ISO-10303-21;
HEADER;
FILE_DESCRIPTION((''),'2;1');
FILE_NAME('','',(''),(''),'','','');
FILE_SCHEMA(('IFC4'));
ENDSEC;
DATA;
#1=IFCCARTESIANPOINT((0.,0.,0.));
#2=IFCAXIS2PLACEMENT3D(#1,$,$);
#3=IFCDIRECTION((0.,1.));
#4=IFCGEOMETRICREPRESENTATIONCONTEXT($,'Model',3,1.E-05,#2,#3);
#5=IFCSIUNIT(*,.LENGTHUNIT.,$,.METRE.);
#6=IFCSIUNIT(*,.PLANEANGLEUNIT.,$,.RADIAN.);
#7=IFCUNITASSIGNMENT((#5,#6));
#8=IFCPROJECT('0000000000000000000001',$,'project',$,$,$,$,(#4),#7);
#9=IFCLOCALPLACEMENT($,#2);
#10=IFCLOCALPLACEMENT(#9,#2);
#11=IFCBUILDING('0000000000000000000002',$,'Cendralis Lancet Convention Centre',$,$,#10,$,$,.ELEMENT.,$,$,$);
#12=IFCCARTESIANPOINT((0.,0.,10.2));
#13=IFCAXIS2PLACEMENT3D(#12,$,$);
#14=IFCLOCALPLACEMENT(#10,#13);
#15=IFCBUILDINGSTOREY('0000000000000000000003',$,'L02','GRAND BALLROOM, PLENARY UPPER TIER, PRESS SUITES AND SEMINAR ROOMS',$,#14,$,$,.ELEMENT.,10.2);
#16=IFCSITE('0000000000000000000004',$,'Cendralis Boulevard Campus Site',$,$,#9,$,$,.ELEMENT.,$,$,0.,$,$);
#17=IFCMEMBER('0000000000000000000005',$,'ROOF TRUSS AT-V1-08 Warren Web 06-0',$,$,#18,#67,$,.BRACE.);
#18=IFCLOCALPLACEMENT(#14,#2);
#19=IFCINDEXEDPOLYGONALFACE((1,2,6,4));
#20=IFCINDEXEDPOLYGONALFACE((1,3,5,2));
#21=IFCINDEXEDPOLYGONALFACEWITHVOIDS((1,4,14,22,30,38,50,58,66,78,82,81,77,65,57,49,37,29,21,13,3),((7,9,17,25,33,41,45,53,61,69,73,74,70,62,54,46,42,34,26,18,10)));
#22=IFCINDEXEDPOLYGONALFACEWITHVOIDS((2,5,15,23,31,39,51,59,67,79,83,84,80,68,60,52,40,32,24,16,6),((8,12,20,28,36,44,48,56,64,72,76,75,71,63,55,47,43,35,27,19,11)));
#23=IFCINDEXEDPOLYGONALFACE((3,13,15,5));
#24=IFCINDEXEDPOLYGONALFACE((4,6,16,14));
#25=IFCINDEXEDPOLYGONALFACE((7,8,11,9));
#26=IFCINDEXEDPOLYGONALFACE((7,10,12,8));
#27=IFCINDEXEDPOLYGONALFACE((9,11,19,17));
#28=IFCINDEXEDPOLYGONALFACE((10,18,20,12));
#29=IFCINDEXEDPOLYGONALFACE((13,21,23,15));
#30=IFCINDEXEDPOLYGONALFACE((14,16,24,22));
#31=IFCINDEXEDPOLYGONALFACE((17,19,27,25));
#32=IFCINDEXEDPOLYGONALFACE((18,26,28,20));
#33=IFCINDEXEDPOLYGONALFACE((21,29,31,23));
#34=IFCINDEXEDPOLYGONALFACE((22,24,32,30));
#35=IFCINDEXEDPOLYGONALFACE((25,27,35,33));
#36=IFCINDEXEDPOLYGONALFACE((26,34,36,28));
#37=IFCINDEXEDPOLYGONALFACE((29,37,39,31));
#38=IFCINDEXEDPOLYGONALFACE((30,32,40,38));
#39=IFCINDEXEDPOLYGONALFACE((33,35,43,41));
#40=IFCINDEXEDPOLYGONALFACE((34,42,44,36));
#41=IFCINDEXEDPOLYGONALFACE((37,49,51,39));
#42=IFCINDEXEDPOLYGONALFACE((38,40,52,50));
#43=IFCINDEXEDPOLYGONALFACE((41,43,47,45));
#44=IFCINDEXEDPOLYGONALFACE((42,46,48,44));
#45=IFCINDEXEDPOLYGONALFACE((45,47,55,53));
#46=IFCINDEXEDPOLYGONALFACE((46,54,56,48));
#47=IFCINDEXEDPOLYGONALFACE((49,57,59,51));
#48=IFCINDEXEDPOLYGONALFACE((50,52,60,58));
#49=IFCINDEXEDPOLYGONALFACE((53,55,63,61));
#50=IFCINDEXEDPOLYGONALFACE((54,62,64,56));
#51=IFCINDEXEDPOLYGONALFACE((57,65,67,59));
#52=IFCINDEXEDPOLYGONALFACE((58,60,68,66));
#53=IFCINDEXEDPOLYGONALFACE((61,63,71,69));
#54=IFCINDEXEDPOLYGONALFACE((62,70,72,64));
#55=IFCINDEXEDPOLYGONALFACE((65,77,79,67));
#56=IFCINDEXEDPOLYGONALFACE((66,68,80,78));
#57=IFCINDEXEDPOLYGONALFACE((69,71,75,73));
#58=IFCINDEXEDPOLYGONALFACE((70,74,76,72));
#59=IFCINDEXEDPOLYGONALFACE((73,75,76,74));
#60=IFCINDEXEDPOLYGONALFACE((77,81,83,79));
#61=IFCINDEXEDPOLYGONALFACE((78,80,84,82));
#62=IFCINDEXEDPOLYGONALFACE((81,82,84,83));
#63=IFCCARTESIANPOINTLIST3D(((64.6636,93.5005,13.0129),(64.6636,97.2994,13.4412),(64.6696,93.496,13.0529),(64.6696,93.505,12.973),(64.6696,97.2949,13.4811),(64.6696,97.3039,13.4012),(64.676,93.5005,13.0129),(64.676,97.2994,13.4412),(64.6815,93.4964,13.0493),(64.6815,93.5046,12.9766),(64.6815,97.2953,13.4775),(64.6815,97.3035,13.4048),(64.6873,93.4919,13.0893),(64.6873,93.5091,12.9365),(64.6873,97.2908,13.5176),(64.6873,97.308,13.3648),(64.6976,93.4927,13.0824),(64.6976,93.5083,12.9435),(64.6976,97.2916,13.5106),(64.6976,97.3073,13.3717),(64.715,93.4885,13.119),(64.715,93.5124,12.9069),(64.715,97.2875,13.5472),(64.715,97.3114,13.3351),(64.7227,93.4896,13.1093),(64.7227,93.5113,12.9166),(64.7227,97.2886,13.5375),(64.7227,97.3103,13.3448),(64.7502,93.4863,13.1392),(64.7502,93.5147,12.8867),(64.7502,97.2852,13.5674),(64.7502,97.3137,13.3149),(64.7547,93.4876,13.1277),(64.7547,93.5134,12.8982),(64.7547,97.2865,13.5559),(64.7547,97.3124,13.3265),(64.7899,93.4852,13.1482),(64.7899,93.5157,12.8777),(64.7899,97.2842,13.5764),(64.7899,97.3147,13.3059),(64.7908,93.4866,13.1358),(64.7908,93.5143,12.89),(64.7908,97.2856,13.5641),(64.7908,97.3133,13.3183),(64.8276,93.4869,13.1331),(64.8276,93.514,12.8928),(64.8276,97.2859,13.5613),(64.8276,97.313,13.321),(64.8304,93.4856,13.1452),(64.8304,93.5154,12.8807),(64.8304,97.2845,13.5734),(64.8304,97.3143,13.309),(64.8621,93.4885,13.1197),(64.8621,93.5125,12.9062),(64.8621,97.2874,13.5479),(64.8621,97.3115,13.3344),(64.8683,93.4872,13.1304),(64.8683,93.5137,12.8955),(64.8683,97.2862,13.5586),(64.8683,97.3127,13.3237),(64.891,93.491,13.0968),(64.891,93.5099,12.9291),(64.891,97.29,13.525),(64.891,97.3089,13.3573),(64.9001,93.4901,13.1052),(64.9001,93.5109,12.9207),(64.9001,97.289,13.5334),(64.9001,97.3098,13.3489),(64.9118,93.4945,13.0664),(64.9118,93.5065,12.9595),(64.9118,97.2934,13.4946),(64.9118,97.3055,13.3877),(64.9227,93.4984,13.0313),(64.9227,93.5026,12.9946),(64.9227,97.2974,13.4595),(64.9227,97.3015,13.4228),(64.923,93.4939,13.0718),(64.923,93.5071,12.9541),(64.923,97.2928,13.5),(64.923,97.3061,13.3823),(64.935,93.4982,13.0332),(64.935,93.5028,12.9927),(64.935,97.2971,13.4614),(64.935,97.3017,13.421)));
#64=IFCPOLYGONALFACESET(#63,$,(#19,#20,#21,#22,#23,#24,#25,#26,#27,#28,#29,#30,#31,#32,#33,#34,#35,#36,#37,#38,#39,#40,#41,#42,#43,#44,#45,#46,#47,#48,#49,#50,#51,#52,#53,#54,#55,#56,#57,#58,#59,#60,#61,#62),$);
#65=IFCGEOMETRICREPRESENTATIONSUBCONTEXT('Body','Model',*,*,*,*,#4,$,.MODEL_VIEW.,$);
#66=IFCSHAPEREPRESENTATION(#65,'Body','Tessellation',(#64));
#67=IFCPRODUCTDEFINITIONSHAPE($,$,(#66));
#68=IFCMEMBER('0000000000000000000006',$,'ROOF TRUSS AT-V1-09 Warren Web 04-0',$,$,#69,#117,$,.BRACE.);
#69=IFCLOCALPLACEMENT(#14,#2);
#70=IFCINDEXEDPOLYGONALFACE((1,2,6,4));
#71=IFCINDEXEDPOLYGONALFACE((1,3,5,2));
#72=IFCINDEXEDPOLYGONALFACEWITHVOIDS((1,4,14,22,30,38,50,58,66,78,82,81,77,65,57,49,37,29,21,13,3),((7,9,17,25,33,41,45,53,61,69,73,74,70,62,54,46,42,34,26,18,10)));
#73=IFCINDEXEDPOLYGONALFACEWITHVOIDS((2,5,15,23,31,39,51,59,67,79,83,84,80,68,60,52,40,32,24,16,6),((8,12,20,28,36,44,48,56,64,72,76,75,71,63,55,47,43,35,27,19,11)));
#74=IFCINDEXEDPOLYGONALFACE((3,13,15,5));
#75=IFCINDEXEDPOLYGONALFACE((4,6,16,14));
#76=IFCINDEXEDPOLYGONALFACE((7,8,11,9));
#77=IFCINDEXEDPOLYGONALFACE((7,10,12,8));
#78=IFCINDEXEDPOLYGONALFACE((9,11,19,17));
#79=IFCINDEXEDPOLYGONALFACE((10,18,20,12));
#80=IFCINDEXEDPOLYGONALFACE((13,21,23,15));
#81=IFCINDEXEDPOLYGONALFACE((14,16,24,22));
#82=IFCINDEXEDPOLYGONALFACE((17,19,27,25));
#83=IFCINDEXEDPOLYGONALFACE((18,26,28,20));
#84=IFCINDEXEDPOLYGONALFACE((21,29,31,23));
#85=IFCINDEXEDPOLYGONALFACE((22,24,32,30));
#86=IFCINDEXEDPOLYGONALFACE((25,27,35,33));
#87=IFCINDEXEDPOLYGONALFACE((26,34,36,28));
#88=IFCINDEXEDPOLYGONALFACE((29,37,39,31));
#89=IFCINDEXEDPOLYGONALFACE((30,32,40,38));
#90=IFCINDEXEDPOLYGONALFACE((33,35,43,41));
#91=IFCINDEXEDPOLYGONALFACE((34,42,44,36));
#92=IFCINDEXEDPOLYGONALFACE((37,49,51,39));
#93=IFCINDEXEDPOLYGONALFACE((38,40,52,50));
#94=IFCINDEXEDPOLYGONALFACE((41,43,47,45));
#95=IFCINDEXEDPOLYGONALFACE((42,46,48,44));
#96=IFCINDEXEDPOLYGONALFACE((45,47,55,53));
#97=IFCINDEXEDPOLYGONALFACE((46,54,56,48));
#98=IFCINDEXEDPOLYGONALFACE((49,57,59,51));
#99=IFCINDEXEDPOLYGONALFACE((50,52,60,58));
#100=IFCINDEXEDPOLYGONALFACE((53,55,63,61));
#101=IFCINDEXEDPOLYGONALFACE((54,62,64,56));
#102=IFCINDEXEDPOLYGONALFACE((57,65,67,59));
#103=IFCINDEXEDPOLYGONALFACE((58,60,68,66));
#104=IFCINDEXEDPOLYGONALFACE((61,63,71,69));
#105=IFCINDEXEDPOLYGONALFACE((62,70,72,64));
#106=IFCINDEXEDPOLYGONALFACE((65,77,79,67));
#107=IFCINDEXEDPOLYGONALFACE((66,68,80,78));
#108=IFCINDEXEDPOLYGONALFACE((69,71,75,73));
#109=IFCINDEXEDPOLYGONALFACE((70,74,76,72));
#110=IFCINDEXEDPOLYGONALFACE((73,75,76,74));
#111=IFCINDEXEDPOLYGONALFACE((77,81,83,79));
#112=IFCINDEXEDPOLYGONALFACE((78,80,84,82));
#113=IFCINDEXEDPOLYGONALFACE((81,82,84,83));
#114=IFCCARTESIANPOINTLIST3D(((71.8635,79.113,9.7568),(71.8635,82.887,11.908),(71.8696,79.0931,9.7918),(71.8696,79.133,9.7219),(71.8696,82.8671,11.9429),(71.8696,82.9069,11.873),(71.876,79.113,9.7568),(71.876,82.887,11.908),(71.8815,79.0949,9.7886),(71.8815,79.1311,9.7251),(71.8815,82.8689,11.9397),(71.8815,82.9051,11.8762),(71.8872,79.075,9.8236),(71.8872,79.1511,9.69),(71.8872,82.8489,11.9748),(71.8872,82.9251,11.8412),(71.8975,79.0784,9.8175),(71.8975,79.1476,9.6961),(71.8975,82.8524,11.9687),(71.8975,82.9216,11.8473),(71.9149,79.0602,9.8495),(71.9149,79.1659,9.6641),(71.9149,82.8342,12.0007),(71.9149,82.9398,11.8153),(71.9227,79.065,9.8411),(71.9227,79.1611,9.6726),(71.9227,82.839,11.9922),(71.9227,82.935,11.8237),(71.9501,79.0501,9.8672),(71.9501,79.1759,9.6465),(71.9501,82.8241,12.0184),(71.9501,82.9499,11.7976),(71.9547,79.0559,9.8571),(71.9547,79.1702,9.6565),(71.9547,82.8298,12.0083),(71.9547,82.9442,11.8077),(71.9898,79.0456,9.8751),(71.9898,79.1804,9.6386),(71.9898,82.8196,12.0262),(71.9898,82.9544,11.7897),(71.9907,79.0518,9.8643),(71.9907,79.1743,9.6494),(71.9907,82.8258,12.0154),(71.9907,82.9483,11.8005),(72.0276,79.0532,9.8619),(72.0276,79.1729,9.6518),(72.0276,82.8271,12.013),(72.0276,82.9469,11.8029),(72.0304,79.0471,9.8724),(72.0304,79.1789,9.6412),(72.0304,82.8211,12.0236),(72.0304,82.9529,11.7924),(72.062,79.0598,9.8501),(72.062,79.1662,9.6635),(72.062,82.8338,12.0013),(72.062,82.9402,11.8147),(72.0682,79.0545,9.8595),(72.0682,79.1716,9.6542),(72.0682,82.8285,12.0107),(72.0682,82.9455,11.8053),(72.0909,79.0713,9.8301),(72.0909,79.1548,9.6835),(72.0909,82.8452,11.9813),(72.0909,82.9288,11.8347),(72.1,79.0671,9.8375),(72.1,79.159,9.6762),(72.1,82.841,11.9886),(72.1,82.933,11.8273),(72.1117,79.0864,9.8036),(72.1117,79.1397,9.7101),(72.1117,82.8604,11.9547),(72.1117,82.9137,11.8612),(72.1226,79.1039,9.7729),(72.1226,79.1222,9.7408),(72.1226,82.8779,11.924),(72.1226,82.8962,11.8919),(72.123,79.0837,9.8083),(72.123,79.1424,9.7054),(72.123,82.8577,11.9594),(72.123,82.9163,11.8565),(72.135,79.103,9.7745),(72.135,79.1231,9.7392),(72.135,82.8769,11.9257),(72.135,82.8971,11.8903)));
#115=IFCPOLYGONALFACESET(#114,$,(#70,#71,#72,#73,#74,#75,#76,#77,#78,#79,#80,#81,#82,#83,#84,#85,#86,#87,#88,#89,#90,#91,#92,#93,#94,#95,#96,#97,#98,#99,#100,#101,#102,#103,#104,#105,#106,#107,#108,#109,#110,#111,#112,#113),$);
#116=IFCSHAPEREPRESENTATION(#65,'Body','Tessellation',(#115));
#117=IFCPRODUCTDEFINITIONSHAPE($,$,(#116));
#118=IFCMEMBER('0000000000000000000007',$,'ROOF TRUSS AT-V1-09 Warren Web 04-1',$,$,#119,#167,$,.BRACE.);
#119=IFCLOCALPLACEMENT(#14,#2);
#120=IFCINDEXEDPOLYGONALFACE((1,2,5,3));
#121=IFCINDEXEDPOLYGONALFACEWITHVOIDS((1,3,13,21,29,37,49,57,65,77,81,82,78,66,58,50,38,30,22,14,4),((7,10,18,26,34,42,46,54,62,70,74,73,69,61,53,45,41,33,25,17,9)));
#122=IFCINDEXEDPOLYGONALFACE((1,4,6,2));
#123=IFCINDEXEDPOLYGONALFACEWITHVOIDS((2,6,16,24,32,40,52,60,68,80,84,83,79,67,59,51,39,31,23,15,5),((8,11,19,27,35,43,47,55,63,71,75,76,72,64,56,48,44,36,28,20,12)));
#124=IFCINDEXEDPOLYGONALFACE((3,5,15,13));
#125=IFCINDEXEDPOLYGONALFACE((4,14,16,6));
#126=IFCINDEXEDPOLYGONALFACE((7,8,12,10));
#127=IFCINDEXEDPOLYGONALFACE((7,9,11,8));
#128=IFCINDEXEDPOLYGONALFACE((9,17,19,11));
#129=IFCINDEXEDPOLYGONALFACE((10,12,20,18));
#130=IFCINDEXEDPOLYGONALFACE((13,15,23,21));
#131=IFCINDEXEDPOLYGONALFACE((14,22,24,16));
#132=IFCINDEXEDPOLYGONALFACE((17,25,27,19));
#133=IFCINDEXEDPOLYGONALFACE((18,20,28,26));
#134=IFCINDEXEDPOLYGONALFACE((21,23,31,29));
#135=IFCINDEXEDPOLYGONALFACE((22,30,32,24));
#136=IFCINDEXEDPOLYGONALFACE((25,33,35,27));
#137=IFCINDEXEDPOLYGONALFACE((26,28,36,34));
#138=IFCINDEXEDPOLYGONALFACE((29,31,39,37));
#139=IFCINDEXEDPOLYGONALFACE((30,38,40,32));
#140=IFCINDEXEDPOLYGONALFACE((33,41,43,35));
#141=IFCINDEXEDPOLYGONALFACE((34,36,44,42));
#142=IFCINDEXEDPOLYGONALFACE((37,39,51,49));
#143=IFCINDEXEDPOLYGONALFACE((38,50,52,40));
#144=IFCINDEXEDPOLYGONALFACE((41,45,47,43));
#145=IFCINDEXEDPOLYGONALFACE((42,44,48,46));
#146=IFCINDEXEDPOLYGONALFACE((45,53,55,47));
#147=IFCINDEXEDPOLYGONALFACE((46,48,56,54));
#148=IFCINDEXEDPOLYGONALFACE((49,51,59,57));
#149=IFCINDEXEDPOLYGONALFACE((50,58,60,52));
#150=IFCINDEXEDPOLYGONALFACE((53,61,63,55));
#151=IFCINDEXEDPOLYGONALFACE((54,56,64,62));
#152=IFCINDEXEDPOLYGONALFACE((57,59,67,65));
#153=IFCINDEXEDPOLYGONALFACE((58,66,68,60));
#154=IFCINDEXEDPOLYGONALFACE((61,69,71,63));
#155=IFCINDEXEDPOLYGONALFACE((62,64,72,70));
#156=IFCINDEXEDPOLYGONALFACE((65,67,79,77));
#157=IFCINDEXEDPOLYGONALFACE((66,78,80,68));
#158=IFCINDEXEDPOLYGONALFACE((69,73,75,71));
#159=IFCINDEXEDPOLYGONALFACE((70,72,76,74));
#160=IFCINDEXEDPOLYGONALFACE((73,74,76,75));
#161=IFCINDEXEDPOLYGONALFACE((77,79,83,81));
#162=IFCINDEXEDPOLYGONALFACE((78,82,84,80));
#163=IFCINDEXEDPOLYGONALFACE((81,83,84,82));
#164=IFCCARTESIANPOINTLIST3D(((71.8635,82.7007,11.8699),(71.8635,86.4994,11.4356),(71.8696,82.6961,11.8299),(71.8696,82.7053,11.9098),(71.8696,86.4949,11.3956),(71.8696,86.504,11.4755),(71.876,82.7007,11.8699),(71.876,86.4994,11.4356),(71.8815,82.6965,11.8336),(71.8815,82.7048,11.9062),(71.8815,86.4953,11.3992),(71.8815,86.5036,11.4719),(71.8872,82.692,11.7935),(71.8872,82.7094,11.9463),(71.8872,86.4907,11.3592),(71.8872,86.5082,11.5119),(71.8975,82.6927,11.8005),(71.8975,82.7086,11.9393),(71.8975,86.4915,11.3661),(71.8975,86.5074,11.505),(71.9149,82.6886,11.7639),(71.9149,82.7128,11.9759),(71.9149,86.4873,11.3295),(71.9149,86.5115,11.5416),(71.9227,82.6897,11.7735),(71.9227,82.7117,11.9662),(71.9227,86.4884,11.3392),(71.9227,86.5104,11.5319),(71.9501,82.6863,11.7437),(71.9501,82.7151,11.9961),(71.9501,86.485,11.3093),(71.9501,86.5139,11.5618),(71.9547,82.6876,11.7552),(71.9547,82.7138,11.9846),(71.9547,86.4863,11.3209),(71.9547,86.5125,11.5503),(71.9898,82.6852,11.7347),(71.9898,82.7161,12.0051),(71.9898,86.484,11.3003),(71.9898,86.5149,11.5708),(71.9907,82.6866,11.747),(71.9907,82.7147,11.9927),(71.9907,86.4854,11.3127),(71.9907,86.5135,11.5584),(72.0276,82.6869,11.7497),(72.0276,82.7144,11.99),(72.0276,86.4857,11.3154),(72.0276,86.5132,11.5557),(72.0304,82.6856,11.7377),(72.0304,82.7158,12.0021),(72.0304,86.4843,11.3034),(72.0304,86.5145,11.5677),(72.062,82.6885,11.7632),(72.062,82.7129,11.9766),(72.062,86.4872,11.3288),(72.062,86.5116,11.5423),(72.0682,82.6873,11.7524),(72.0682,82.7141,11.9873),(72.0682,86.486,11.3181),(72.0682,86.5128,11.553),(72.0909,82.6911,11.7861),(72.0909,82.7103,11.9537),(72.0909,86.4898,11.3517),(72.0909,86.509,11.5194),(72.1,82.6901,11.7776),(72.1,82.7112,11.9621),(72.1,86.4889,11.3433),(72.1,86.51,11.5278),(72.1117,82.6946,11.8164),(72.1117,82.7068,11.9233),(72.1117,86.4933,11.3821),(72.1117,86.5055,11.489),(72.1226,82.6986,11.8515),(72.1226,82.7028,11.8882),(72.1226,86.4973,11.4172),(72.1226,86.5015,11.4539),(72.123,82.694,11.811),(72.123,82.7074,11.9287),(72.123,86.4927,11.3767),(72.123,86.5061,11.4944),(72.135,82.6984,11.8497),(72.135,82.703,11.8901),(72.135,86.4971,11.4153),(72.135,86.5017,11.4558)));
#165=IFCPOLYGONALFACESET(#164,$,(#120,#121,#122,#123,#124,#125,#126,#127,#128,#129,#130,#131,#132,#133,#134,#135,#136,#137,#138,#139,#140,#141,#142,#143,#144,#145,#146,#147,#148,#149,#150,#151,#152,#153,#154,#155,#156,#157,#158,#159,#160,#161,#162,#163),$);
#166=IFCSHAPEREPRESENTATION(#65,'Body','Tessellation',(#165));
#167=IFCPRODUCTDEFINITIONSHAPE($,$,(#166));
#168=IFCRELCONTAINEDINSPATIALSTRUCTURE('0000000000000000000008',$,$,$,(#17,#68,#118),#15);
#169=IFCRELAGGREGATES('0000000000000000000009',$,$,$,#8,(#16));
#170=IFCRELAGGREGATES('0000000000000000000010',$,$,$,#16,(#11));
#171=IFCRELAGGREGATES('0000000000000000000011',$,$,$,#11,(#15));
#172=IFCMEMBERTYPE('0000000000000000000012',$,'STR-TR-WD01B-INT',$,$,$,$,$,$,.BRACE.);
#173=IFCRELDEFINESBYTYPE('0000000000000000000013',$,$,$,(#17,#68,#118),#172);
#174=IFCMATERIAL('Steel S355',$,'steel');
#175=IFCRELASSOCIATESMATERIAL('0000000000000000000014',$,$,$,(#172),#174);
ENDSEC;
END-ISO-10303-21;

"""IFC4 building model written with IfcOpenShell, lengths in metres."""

from ifc_helpers import new_model, si_unit, direction, frame, origin, origin_2d, place, context, subcontext, project, spatial, hollow_circle, extrude, material, material_profile, profile_set, type_object, element, save


model = new_model("IFC4")

# Units and contexts
model_context = context("Model", 3, precision=1e-05, world=origin(), true_north=direction((0.0, 1.0)))
body_context = subcontext(model_context, "Body", "Model", "MODEL_VIEW")
ifc_project = project(units=[si_unit("LENGTHUNIT", "METRE"), si_unit("PLANEANGLEUNIT", "RADIAN")], contexts=[model_context])

# Site, building, storey
site_placement = place(None, origin())
site = spatial("IfcSite", under=ifc_project, at=site_placement, Name="Cendralis Boulevard Campus Site", CompositionType="ELEMENT", RefElevation=0.0)
building_placement = place(site_placement, origin())
building = spatial("IfcBuilding", under=site, at=building_placement, Name="Cendralis Lancet Convention Centre", CompositionType="ELEMENT")
storey_placement = place(building_placement, frame((0.0, 0.0, 10.2)))
storey = spatial("IfcBuildingStorey", under=building, at=storey_placement, Name="L02", Description="GRAND BALLROOM, PLENARY UPPER TIER, PRESS SUITES AND SEMINAR ROOMS", CompositionType="ELEMENT", Elevation=10.2)

# Members
ifc_material = material(Name="Steel S355", Category="steel")
ifc_material_profile_1 = material_profile(ifc_material, hollow_circle(Radius=0.1365, WallThickness=0.0125, at=origin_2d()), Name="CHS 273.0x12.5")
ifc_profile_set_1 = profile_set([ifc_material_profile_1], Name="Steel S355")
member_type_1 = type_object("IfcMemberType", Name="STR-TR-WD01B-INT", PredefinedType="BRACE", material=ifc_profile_set_1)
for number, where, z_axis, x_axis, name in (
    (1, (64.8, 93.5005, 13.0129), (0.0, 0.993706, 0.112015), (-1.0, 0.0, 0.0), "ROOF TRUSS AT-V1-08 Warren Web 06-0"),
):
    element("IfcMember", number, at=place(storey_placement, frame(where, z_axis=z_axis, x_axis=x_axis)), inside=storey, type_object=member_type_1, Name=name, PredefinedType="BRACE", context=body_context, shape_type="SweptSolid", body=[
        extrude(hollow_circle(Radius=0.1365, WallThickness=0.0125, at=origin_2d()), origin(), (0.0, 0.0, 1.0), 3.823),
    ])
member_1_placement = place(storey_placement, frame((72.0, 79.113, 9.7568), z_axis=(0.0, 0.868779, 0.4952), x_axis=(-1.0, 0.0, 0.0)))
element("IfcMember", 2, at=member_1_placement, inside=storey, type_object=member_type_1, Name="ROOF TRUSS AT-V1-09 Warren Web 04-0", PredefinedType="BRACE", context=body_context, shape_type="SweptSolid", body=[
    extrude(hollow_circle(Radius=0.1365, WallThickness=0.0125, at=origin_2d()), origin(), (0.0, 0.0, 1.0), 4.344),
])
member_2_placement = place(storey_placement, frame((72.0, 82.7007, 11.8699), z_axis=(0.0, 0.993528, -0.113592), x_axis=(-1.0, 0.0, 0.0)))
element("IfcMember", 3, at=member_2_placement, inside=storey, type_object=member_type_1, Name="ROOF TRUSS AT-V1-09 Warren Web 04-1", PredefinedType="BRACE", context=body_context, shape_type="SweptSolid", body=[
    extrude(hollow_circle(Radius=0.1365, WallThickness=0.0125, at=origin_2d()), origin(), (0.0, 0.0, 1.0), 3.8235),
])

save(model, "model.ifc")
